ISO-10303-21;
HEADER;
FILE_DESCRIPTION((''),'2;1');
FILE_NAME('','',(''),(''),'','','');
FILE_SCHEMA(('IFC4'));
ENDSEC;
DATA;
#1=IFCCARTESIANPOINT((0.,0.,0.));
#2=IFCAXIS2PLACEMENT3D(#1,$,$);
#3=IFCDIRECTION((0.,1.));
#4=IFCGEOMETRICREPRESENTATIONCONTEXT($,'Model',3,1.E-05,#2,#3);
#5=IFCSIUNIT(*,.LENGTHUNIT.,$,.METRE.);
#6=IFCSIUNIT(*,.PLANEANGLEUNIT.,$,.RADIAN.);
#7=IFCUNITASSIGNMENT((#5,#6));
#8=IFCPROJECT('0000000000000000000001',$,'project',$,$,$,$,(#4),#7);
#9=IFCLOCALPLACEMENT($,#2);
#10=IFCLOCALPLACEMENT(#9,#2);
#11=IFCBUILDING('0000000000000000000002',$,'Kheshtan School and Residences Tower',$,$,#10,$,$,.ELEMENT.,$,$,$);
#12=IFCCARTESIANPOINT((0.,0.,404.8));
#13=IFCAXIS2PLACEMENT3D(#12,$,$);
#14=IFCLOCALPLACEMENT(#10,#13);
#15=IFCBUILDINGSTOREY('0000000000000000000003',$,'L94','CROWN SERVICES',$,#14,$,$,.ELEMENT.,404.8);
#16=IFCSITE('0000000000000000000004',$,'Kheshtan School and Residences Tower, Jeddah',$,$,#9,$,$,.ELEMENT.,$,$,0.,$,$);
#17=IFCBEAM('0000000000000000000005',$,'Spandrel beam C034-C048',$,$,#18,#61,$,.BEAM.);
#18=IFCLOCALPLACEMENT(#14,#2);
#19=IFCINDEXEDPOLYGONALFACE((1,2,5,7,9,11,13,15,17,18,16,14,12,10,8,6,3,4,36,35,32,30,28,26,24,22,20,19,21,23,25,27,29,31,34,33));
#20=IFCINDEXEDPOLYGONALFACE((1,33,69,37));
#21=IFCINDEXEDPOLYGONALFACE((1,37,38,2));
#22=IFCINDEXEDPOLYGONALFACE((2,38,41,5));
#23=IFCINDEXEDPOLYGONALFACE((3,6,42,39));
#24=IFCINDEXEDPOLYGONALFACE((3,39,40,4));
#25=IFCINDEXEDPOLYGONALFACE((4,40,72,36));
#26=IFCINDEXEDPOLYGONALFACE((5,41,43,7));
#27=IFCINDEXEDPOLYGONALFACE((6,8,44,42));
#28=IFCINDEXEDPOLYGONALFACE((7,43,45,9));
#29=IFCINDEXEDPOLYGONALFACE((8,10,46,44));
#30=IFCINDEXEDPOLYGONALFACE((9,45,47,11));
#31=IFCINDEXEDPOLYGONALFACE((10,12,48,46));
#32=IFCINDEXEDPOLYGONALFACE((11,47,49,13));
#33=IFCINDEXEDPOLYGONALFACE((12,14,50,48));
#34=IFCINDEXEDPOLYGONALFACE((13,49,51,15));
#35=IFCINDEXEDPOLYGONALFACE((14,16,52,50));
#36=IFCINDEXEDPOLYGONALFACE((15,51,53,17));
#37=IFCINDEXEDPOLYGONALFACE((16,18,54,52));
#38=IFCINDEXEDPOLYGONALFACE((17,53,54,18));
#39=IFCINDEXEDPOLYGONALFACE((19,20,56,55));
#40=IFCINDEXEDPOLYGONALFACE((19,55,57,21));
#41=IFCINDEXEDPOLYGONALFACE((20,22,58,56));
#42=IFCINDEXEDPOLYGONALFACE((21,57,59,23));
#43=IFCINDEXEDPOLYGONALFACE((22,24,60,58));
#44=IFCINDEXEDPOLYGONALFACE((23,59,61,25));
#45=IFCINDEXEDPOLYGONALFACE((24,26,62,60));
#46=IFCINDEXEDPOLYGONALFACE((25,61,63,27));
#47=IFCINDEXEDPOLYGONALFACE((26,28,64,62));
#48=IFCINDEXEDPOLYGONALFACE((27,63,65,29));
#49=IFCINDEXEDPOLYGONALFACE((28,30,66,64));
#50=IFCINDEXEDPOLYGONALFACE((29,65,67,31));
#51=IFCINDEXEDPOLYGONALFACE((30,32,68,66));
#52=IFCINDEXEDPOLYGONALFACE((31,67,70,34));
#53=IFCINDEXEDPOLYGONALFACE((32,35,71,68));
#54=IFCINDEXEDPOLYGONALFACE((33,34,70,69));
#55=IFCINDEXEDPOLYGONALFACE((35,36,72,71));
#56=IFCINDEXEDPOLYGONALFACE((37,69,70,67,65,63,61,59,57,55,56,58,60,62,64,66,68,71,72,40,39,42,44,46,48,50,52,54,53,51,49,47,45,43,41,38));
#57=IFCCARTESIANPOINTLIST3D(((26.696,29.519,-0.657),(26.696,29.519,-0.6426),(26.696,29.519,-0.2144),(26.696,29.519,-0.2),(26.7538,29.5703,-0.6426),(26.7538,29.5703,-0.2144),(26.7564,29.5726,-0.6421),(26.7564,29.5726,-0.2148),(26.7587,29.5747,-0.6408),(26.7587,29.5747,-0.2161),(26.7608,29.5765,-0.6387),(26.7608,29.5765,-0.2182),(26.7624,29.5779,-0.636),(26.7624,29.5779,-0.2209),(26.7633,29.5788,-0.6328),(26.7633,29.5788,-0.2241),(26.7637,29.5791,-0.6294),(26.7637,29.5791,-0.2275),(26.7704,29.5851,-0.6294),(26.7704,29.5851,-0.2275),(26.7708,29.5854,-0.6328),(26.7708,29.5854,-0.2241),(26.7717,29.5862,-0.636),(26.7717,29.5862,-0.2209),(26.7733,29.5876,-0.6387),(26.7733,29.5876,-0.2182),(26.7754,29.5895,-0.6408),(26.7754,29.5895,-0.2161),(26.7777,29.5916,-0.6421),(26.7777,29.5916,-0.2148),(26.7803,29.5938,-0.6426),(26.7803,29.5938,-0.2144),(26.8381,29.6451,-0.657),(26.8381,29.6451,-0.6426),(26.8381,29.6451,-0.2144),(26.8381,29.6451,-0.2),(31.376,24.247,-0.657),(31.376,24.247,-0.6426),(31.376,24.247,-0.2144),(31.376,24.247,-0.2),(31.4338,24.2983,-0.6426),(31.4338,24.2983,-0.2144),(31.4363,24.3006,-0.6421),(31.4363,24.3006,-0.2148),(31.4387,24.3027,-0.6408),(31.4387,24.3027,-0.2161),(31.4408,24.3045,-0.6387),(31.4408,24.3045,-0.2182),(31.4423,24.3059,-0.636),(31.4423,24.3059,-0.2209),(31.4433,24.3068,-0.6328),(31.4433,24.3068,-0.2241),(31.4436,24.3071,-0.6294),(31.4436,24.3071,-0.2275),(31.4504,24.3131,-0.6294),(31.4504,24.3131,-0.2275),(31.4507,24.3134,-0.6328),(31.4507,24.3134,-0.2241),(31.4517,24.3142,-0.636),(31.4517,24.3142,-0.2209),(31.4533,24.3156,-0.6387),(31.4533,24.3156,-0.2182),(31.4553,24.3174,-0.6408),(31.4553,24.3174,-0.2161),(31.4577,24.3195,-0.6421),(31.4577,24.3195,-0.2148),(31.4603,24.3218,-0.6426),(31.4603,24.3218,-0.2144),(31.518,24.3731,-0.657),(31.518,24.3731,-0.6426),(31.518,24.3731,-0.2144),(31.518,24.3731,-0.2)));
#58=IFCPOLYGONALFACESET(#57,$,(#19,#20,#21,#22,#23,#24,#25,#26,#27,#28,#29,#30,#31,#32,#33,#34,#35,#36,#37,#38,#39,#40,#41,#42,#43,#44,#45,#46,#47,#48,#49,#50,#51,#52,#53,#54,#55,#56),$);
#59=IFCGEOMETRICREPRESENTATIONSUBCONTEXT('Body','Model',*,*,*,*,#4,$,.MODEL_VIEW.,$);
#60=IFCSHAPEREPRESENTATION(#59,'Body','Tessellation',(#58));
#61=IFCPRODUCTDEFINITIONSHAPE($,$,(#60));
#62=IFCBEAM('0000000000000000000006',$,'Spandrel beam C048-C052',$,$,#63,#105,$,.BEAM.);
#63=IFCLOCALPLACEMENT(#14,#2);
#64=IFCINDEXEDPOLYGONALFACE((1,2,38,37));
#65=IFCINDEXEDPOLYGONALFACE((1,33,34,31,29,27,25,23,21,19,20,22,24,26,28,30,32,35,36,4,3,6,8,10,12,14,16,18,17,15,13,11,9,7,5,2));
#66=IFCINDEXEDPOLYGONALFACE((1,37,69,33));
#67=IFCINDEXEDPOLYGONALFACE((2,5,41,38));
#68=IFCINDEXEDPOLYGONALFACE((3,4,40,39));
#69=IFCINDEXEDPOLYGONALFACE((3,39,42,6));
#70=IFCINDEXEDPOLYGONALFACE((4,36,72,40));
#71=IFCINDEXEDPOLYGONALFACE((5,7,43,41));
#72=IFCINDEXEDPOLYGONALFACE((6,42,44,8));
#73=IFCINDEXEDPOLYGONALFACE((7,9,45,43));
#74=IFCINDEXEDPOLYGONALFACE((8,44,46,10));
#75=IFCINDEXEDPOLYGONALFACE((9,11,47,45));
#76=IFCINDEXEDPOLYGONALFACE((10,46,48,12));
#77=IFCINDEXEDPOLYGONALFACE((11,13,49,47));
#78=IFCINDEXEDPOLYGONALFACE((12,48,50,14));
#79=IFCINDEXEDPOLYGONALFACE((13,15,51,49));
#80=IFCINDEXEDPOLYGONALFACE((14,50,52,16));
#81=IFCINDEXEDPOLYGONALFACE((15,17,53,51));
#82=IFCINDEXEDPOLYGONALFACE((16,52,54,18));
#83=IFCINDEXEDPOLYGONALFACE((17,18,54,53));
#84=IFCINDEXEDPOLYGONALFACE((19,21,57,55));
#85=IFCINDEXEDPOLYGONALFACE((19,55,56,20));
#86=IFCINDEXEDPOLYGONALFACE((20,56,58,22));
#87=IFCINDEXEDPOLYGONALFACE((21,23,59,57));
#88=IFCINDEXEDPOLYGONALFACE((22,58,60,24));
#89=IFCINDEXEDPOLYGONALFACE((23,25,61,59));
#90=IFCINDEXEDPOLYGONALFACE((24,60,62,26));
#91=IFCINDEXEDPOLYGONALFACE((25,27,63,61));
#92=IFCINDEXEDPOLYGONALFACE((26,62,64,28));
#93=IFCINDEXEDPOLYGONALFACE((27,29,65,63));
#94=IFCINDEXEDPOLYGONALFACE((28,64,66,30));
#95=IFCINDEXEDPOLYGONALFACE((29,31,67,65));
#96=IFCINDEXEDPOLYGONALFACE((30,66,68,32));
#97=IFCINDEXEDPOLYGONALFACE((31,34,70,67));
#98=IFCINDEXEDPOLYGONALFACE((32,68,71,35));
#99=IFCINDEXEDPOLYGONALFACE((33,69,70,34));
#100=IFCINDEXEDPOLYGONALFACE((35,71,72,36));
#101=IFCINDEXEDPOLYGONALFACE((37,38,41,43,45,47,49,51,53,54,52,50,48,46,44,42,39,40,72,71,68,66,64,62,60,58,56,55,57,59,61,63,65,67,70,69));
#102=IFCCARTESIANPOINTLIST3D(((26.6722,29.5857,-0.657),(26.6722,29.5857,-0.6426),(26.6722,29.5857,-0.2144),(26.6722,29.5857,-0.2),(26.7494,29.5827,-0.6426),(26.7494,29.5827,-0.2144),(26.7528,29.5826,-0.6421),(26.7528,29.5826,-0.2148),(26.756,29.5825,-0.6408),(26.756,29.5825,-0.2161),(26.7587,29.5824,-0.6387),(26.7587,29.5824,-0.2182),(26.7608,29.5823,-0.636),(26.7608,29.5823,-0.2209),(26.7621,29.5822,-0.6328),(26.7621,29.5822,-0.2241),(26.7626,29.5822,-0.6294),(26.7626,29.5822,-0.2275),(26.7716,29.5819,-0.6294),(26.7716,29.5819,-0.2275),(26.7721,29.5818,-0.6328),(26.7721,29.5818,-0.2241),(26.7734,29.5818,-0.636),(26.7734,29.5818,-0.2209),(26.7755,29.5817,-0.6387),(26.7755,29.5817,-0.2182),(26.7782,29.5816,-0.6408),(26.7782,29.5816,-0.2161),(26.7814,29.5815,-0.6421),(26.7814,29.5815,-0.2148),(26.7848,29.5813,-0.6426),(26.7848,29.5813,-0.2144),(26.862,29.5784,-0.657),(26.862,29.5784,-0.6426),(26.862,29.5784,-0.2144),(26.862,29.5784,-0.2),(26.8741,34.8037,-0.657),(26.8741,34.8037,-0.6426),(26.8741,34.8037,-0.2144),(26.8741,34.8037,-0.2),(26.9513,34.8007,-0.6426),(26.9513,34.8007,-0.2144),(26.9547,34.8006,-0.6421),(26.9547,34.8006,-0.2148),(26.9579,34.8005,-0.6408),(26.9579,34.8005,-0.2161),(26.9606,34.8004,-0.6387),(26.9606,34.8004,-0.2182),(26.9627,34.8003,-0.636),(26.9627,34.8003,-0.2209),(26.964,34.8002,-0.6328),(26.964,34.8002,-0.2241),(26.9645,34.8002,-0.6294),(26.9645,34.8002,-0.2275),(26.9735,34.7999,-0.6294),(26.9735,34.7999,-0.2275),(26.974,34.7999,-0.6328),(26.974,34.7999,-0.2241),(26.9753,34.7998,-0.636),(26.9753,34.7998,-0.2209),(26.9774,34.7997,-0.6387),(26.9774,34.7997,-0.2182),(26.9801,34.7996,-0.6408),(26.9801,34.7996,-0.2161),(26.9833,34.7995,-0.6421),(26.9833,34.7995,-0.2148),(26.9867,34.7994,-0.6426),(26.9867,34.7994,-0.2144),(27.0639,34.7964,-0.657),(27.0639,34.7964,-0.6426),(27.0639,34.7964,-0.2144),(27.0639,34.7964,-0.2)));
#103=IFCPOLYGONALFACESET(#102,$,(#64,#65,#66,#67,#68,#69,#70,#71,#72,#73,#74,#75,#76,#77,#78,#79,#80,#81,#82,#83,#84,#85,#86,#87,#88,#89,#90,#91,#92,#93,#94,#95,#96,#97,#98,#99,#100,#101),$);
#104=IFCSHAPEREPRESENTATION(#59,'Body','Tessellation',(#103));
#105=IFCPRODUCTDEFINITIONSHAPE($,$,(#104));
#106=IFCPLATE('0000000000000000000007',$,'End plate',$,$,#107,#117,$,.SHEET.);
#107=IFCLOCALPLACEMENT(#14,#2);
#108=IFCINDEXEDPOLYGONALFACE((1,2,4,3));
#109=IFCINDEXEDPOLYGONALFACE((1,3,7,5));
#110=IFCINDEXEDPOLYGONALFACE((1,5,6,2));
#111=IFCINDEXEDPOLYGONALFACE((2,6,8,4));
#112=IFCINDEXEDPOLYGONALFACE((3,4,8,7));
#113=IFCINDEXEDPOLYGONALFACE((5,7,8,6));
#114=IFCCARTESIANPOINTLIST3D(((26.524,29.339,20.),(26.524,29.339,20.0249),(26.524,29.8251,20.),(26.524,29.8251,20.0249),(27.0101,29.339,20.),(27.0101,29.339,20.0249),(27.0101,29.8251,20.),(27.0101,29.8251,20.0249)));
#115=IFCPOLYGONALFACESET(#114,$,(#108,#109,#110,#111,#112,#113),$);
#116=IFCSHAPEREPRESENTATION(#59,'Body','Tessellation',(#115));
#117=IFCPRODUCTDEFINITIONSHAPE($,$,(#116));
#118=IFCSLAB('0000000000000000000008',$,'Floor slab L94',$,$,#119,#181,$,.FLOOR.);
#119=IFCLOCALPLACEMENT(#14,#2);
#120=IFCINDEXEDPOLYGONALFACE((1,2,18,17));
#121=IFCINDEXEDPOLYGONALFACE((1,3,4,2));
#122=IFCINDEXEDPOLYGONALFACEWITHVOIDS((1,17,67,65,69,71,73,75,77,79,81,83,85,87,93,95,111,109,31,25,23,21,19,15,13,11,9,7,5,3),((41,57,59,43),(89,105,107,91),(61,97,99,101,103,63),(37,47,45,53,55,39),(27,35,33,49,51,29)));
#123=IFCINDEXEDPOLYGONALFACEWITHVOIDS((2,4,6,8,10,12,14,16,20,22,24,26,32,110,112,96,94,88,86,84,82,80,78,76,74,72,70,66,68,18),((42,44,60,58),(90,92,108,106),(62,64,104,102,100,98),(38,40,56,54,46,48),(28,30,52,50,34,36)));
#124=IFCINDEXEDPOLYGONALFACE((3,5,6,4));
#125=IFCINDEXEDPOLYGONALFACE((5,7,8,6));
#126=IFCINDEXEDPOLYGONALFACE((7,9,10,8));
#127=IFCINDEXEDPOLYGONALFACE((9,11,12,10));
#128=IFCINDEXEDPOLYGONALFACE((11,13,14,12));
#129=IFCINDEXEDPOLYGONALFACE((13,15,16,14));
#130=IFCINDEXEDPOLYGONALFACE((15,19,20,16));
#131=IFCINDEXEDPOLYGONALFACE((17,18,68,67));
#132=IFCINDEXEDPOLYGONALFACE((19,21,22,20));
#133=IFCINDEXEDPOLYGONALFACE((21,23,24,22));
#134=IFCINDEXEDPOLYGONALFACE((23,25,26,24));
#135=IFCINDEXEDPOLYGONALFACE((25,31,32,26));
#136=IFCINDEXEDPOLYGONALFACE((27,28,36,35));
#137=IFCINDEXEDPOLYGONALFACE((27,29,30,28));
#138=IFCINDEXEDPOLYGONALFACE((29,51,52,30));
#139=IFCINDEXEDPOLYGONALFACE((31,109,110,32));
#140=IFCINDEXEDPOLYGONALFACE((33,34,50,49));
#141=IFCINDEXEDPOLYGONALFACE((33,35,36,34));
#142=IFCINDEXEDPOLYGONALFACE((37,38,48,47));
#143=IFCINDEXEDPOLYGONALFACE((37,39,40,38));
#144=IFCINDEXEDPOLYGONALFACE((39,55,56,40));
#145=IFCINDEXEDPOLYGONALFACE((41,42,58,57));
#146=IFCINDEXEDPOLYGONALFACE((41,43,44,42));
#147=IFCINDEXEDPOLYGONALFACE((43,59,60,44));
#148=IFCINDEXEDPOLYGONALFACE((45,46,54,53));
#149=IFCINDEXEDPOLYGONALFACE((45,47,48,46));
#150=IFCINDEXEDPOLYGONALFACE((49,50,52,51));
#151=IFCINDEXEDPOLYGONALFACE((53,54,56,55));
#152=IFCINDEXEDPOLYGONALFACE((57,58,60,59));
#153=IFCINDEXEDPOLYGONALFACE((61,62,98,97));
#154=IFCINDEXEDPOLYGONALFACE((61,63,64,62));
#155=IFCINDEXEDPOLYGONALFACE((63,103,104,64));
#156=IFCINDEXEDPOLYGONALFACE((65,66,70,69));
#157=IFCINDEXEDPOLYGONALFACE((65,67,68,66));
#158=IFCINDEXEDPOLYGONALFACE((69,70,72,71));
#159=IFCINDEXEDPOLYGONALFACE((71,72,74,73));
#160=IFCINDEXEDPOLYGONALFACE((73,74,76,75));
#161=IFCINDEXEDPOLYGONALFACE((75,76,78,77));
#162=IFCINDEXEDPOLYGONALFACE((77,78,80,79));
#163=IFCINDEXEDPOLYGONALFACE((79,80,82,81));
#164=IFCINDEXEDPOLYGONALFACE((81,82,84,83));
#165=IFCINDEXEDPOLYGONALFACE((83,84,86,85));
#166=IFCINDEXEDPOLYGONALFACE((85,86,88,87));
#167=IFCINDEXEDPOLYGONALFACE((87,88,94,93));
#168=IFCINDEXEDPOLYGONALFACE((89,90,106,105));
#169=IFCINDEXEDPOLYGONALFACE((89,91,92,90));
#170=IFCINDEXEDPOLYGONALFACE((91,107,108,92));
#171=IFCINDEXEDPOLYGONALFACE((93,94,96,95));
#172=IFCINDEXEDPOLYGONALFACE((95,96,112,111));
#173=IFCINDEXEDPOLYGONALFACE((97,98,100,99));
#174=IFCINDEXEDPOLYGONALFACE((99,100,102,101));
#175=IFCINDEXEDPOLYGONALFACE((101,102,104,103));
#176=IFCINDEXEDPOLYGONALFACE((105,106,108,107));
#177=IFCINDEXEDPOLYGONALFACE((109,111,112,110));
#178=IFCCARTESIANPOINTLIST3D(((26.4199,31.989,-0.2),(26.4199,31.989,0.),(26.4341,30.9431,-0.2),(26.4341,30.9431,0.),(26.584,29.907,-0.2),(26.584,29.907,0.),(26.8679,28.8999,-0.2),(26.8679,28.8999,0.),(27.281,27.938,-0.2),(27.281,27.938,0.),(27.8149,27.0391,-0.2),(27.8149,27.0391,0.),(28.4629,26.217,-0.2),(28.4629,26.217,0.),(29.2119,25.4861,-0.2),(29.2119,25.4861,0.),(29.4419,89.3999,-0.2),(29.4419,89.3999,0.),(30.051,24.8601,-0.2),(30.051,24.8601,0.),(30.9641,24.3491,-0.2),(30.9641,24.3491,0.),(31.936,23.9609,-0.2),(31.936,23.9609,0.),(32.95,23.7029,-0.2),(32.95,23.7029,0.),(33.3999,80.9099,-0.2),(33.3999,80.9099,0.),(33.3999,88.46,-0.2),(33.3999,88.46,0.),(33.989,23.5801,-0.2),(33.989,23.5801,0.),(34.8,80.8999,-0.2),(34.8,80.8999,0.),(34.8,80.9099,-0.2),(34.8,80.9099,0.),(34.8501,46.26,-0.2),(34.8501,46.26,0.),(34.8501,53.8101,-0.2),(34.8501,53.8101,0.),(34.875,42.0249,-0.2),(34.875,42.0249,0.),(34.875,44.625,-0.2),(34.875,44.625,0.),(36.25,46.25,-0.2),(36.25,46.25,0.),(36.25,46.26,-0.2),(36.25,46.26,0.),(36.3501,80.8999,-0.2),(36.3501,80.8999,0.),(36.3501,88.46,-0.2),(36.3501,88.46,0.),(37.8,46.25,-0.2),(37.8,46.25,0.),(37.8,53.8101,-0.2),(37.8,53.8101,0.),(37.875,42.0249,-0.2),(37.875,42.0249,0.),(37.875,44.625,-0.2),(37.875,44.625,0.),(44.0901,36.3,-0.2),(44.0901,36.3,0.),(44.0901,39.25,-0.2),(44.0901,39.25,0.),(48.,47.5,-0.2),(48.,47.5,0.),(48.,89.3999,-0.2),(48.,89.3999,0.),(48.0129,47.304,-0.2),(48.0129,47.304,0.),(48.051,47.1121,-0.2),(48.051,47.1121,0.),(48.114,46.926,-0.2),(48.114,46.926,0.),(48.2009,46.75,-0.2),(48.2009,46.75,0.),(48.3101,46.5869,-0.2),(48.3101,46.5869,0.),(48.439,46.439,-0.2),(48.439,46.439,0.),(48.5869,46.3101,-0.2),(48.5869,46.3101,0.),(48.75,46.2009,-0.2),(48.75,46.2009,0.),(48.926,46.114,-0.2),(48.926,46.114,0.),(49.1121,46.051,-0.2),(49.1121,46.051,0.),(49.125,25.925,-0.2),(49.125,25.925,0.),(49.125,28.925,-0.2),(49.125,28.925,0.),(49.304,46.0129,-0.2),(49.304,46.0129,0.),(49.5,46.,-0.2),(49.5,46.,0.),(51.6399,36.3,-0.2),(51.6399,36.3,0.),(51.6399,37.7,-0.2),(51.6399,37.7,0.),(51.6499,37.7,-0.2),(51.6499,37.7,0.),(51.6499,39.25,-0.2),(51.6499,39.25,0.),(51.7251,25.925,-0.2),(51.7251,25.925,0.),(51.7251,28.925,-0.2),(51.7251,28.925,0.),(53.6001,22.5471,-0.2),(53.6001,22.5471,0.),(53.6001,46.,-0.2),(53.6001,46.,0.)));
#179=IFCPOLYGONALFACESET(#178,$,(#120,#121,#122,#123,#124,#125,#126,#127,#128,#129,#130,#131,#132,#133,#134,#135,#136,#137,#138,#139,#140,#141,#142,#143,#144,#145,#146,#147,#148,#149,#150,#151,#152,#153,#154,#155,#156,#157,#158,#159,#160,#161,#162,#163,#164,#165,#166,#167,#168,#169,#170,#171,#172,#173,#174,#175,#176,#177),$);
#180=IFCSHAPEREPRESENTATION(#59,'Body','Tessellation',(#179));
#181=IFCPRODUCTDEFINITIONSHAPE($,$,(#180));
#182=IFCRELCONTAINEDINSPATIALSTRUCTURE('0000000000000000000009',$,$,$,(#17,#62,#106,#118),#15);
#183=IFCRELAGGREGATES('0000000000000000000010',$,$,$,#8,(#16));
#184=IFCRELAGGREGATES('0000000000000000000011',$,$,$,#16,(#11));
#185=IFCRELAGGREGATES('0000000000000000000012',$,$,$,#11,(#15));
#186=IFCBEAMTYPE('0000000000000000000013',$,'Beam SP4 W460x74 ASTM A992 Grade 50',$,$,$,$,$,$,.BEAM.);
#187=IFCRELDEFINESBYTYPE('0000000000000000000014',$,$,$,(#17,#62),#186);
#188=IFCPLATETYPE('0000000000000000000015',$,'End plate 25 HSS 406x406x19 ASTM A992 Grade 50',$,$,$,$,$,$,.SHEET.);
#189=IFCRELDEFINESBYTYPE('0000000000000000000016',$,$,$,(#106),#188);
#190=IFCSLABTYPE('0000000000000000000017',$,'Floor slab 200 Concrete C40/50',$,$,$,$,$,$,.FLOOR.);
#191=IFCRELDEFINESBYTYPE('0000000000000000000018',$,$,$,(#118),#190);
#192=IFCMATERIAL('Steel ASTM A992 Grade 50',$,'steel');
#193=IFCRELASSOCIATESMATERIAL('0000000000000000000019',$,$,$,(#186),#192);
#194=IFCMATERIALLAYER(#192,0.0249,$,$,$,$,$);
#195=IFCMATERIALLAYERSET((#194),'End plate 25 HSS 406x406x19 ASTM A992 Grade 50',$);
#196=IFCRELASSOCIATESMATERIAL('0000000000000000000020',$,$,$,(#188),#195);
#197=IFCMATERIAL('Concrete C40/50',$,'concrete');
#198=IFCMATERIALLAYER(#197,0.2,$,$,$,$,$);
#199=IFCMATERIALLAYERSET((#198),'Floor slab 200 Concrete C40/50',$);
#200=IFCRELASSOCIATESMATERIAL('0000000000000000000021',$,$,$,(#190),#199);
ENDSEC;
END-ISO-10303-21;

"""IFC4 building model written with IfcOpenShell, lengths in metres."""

from ifc_helpers import new_model, si_unit, direction, frame, origin, origin_2d, place, context, subcontext, project, spatial, polyline, rectangle, i_section, outline, extrude, material, layer, layer_set, material_profile, profile_set, type_object, element, save


model = new_model("IFC4")

# Units and contexts
model_context = context("Model", 3, precision=1e-05, world=origin(), true_north=direction((0.0, 1.0)))
body_context = subcontext(model_context, "Body", "Model", "MODEL_VIEW")
ifc_project = project(units=[si_unit("LENGTHUNIT", "METRE"), si_unit("PLANEANGLEUNIT", "RADIAN")], contexts=[model_context])

# Site, building, storey
site_placement = place(None, origin())
site = spatial("IfcSite", under=ifc_project, at=site_placement, Name="Kheshtan School and Residences Tower, Jeddah", CompositionType="ELEMENT", RefElevation=0.0)
building_placement = place(site_placement, origin())
building = spatial("IfcBuilding", under=site, at=building_placement, Name="Kheshtan School and Residences Tower", CompositionType="ELEMENT")
storey_placement = place(building_placement, frame((0.0, 0.0, 404.8)))
storey = spatial("IfcBuildingStorey", under=building, at=storey_placement, Name="L94", Description="CROWN SERVICES", CompositionType="ELEMENT", Elevation=404.8)

# Beams
ifc_material_1 = material(Name="Steel ASTM A992 Grade 50", Category="steel")
ifc_material_profile_1 = material_profile(ifc_material_1, i_section(OverallWidth=0.1899, OverallDepth=0.457, WebThickness=0.009, FlangeThickness=0.0144, FilletRadius=0.0132, at=origin_2d()), Name="W460x74")
ifc_profile_set_1 = profile_set([ifc_material_profile_1], Name="Steel ASTM A992 Grade 50")
beam_type_1 = type_object("IfcBeamType", Name="Beam SP4 W460x74 ASTM A992 Grade 50", PredefinedType="BEAM", material=ifc_profile_set_1)
beam_1_placement = place(storey_placement, frame((31.447, 24.3101, -0.4285), z_axis=(-0.663867, 0.747851, 0.0), x_axis=(-0.747851, -0.663867, 0.0)))
element("IfcBeam", 1, at=beam_1_placement, inside=storey, type_object=beam_type_1, Name="Spandrel beam C034-C048", PredefinedType="BEAM", context=body_context, shape_type="SweptSolid", body=[
    extrude(i_section(OverallWidth=0.1899, OverallDepth=0.457, WebThickness=0.009, FlangeThickness=0.0144, FilletRadius=0.0132, at=origin_2d()), origin(), (0.0, 0.0, 1.0), 7.0496),
])
beam_2_placement = place(storey_placement, frame((26.7671, 29.582, -0.4285), z_axis=(0.038665, 0.999252, 0.0), x_axis=(-0.999252, 0.038665, 0.0)))
element("IfcBeam", 2, at=beam_2_placement, inside=storey, type_object=beam_type_1, Name="Spandrel beam C048-C052", PredefinedType="BEAM", context=body_context, shape_type="SweptSolid", body=[
    extrude(i_section(OverallWidth=0.1899, OverallDepth=0.457, WebThickness=0.009, FlangeThickness=0.0144, FilletRadius=0.0132, at=origin_2d()), origin(), (0.0, 0.0, 1.0), 5.2219),
])

# Plate
ifc_layer_1 = layer(ifc_material_1, 0.0249)
ifc_layer_set_1 = layer_set([ifc_layer_1], Name="End plate 25 HSS 406x406x19 ASTM A992 Grade 50")
plate_type = type_object("IfcPlateType", Name="End plate 25 HSS 406x406x19 ASTM A992 Grade 50", PredefinedType="SHEET", material=ifc_layer_set_1)
plate_placement = place(storey_placement, frame((26.7671, 29.582, 20.0), z_axis=(0.0, 0.0, 1.0), x_axis=(1.0, 0.0, 0.0)))
element("IfcPlate", 3, at=plate_placement, inside=storey, type_object=plate_type, Name="End plate", PredefinedType="SHEET", context=body_context, shape_type="SweptSolid", body=[
    extrude(rectangle(XDim=0.4861, YDim=0.4861, at=origin_2d()), origin(), (0.0, 0.0, 1.0), 0.0249),
])

# Slab
ifc_material_2 = material(Name="Concrete C40/50", Category="concrete")
ifc_layer_2 = layer(ifc_material_2, 0.2)
ifc_layer_set_2 = layer_set([ifc_layer_2], Name="Floor slab 200 Concrete C40/50")
slab_type = type_object("IfcSlabType", Name="Floor slab 200 Concrete C40/50", PredefinedType="FLOOR", material=ifc_layer_set_2)
slab_placement = place(storey_placement, frame((0.0, 0.0, -0.2)))
element("IfcSlab", 4, at=slab_placement, inside=storey, type_object=slab_type, Name="Floor slab L94", PredefinedType="FLOOR", context=body_context, shape_type="SweptSolid", body=[
    extrude(outline(polyline([(48.2009, 46.75), (48.3101, 46.5869), (48.439, 46.439), (48.5869, 46.3101), (48.75, 46.2009), (48.926, 46.114), (49.1121, 46.051), (49.304, 46.0129), (49.5, 46.0), (53.6001, 46.0), (53.6001, 22.5471), (33.989, 23.5801), (32.95, 23.7029), (31.936, 23.9609), (30.9641, 24.3491), (30.051, 24.8601), (29.2119, 25.4861), (28.4629, 26.217), (27.8149, 27.0391), (27.281, 27.938), (26.8679, 28.8999), (26.584, 29.907), (26.4341, 30.9431), (26.4199, 31.989), (29.4419, 89.3999), (48.0, 89.3999), (48.0, 47.5), (48.0129, 47.304), (48.051, 47.1121), (48.114, 46.926), (48.2009, 46.75)]), holes=[polyline([(49.125, 28.925), (49.125, 25.925), (51.7251, 25.925), (51.7251, 28.925), (49.125, 28.925)]), polyline([(44.0901, 36.3), (51.6399, 36.3), (51.6399, 37.7), (51.6499, 37.7), (51.6499, 39.25), (44.0901, 39.25), (44.0901, 36.3)]), polyline([(34.875, 44.625), (34.875, 42.0249), (37.875, 42.0249), (37.875, 44.625), (34.875, 44.625)]), polyline([(37.8, 53.8101), (34.8501, 53.8101), (34.8501, 46.26), (36.25, 46.26), (36.25, 46.25), (37.8, 46.25), (37.8, 53.8101)]), polyline([(36.3501, 88.46), (33.3999, 88.46), (33.3999, 80.9099), (34.8, 80.9099), (34.8, 80.8999), (36.3501, 80.8999), (36.3501, 88.46)])]), origin(), (0.0, 0.0, 1.0), 0.2),
])

save(model, "model.ifc")
